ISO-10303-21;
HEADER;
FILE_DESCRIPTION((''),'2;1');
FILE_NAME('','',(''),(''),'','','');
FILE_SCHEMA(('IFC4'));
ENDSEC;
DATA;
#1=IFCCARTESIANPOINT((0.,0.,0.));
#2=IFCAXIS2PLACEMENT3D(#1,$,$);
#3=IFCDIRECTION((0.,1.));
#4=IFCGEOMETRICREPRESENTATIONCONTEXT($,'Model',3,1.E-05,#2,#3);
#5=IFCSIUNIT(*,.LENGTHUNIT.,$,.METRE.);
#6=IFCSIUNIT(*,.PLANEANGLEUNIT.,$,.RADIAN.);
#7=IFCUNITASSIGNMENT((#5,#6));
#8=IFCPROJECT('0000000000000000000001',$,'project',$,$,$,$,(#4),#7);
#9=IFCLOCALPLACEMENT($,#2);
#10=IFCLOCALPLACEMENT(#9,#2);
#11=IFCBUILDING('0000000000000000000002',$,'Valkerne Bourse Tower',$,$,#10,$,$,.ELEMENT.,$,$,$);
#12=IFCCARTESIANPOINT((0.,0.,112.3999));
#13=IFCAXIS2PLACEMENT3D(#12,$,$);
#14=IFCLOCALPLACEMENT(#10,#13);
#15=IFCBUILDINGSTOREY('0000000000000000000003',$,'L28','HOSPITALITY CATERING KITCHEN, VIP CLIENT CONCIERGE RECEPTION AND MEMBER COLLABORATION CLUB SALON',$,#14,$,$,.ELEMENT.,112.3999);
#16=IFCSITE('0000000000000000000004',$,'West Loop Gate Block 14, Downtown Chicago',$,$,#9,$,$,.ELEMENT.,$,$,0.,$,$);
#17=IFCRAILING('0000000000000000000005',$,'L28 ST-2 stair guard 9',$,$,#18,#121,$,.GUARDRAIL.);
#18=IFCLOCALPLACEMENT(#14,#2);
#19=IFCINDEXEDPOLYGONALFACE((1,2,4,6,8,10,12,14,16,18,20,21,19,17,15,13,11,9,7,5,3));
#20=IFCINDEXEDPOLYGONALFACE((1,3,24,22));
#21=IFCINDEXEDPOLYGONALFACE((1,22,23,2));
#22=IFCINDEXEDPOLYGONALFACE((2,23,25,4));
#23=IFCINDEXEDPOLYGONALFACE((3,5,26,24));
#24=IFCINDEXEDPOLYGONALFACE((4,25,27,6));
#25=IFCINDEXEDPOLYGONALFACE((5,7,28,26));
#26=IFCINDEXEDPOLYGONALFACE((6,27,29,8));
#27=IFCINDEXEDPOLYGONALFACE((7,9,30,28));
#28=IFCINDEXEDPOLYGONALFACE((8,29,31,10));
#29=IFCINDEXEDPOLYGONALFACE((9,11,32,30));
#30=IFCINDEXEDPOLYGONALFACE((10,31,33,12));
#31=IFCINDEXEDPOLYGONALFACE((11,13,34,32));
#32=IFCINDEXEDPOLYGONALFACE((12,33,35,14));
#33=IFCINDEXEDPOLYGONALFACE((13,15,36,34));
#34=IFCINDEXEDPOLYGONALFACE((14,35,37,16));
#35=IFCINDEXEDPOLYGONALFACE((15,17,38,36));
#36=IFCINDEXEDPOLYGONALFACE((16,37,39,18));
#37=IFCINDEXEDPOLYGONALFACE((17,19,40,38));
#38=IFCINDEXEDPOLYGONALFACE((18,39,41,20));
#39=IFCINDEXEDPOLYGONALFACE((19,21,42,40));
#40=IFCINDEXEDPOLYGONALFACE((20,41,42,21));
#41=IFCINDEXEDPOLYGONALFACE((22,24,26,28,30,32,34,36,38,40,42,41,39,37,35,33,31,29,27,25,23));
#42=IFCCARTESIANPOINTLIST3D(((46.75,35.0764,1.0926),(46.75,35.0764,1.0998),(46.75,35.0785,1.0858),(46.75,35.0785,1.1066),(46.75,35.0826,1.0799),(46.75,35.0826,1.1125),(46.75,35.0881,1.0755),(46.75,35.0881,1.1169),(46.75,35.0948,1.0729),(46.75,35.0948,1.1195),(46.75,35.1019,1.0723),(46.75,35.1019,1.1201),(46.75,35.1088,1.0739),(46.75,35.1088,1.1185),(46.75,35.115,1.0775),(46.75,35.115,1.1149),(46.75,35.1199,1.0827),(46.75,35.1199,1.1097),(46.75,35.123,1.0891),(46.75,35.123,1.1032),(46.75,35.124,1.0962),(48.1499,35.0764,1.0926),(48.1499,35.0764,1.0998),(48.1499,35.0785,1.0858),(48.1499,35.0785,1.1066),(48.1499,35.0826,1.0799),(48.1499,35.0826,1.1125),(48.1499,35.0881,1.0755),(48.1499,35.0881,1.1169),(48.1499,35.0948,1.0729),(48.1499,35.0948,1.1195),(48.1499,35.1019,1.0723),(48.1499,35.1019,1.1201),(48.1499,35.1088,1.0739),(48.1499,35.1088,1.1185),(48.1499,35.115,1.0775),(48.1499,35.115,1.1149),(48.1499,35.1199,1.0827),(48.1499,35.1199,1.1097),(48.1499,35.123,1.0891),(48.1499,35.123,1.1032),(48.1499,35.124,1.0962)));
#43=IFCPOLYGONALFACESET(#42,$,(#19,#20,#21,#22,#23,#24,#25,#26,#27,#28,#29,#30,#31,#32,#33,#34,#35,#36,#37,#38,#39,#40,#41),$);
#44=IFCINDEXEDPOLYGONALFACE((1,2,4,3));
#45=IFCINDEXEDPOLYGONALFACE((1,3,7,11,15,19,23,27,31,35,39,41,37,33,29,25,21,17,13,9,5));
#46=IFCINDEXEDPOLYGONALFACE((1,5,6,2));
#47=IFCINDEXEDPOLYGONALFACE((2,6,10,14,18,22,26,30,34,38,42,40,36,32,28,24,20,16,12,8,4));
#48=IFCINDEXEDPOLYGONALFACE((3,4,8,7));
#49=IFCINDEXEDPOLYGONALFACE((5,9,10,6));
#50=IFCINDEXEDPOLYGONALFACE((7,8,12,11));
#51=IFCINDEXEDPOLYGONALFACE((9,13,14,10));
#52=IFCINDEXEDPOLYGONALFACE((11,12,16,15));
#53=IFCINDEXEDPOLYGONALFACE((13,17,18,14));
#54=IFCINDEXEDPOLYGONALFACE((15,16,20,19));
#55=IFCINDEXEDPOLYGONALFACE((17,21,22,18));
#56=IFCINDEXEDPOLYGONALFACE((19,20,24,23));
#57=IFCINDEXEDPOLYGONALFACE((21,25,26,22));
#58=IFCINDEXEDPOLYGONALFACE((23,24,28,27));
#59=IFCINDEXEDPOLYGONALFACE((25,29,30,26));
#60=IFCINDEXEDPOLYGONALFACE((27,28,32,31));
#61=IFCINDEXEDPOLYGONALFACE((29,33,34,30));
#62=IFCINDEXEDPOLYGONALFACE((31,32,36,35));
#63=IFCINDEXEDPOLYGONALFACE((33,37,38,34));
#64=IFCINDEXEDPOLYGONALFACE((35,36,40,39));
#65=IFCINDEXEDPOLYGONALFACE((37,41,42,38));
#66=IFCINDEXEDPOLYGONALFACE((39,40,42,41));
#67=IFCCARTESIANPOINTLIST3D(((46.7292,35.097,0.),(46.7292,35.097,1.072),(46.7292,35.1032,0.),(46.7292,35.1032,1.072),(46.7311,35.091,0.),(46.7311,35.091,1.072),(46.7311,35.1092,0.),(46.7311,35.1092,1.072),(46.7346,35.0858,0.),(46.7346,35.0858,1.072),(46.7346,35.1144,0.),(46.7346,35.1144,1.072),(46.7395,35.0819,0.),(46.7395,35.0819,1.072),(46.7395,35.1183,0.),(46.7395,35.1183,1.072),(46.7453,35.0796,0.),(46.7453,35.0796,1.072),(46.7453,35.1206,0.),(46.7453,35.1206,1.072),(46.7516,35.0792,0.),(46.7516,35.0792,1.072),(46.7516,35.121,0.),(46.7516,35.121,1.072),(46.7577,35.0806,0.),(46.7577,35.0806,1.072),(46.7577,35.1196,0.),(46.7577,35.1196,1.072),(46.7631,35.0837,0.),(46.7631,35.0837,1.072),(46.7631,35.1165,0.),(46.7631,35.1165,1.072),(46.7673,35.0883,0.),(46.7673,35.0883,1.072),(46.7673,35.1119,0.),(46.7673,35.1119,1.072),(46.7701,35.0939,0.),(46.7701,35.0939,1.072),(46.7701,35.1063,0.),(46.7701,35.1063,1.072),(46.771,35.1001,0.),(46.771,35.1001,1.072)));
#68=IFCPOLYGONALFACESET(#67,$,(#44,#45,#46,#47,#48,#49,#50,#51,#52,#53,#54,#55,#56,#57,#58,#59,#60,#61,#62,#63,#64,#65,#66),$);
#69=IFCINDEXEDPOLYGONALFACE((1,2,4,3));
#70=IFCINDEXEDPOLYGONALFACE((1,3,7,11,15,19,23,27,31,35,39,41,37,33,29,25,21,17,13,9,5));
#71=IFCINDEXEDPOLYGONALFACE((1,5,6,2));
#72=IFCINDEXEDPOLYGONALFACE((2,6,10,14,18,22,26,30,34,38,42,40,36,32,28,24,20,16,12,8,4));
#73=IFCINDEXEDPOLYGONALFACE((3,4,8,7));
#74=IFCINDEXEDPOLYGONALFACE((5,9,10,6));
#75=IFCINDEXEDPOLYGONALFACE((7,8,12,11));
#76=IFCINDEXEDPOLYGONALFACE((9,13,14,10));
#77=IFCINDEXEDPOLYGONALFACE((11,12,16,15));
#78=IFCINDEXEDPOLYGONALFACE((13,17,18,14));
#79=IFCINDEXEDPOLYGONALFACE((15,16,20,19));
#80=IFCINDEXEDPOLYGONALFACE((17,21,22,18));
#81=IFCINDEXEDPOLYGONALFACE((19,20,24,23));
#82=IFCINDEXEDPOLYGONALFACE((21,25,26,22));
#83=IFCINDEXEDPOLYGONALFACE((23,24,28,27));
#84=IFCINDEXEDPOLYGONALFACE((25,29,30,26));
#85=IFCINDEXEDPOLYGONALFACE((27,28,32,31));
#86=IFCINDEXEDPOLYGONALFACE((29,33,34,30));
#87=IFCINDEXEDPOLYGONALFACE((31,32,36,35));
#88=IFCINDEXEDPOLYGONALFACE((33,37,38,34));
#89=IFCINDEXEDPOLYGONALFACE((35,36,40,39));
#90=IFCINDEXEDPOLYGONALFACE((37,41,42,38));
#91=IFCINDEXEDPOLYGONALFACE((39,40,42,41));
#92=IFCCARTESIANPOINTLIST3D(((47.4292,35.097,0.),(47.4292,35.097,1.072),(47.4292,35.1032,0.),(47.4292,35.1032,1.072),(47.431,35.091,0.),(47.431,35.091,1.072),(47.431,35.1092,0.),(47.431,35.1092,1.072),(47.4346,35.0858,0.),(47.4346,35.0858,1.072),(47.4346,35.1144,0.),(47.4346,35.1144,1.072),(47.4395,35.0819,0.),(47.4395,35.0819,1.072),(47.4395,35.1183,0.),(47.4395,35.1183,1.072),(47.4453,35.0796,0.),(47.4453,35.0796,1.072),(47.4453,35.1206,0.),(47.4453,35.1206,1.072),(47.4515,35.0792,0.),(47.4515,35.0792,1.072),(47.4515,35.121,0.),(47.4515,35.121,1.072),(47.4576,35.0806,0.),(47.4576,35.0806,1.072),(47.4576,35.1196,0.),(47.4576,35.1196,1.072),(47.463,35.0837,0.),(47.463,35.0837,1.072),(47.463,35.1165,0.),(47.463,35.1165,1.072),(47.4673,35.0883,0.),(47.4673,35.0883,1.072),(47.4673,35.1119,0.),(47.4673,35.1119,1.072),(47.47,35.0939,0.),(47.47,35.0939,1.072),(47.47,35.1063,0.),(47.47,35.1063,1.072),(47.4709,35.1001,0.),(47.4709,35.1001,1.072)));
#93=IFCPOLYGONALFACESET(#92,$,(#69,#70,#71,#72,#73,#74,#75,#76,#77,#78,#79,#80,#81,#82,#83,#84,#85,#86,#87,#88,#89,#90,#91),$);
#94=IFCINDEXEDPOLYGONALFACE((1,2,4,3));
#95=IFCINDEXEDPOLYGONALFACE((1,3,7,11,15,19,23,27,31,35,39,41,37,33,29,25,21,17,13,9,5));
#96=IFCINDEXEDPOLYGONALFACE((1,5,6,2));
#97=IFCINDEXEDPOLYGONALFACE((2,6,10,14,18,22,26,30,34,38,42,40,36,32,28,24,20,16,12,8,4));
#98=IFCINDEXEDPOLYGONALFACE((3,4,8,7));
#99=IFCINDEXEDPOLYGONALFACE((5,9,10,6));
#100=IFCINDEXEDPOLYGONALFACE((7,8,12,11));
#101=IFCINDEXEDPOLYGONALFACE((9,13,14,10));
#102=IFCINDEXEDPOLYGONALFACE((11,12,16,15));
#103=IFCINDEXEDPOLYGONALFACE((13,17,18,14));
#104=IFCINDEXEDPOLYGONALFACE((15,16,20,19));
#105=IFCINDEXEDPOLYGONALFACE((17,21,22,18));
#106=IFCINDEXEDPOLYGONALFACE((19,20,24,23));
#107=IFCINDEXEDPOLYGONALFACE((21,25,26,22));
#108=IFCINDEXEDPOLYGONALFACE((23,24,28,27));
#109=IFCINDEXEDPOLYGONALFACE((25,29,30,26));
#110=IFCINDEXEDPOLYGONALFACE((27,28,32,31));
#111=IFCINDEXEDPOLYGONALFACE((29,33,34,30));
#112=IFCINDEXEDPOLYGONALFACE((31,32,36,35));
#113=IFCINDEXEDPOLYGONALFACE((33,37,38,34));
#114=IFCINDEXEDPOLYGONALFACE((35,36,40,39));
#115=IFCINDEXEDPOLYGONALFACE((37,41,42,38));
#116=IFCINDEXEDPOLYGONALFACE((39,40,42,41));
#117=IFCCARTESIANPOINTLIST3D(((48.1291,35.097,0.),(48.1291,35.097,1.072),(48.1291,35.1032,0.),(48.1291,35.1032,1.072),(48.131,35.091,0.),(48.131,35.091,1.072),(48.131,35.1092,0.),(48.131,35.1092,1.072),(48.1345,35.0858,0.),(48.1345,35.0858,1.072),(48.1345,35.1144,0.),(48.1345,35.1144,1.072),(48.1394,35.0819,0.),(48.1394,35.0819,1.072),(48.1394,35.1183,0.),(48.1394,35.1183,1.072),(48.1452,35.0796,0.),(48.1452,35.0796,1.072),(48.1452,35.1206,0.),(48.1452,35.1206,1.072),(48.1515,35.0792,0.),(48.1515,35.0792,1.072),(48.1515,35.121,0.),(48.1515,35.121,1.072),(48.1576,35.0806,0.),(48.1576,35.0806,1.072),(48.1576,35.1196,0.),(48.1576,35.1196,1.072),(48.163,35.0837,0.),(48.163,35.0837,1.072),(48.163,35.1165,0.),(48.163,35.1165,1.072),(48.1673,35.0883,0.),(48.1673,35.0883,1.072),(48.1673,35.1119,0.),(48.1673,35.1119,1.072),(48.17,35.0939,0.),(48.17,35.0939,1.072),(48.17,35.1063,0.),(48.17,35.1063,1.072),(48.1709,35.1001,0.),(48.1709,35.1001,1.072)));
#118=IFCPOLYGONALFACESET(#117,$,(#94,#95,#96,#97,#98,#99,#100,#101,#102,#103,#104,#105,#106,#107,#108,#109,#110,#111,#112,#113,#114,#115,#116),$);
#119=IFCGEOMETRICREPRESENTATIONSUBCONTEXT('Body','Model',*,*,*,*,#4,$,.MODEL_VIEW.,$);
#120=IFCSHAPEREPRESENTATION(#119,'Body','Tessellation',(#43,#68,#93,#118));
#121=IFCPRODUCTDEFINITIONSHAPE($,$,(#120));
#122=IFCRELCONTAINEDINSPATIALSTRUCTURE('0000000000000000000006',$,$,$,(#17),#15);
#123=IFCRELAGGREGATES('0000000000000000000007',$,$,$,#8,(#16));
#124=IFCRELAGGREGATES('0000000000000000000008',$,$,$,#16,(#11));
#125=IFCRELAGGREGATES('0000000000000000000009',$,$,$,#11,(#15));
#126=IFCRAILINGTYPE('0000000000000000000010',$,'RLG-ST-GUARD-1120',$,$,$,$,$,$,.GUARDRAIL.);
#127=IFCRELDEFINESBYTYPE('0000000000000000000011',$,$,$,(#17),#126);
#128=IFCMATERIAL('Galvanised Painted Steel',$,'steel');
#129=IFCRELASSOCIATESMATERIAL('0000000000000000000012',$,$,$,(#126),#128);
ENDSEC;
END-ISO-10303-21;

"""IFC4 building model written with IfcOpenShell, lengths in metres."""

from ifc_helpers import new_model, si_unit, direction, frame, origin, origin_2d, place, context, subcontext, project, spatial, circle, extrude, material, type_object, element, save


model = new_model("IFC4")

# Units and contexts
model_context = context("Model", 3, precision=1e-05, world=origin(), true_north=direction((0.0, 1.0)))
body_context = subcontext(model_context, "Body", "Model", "MODEL_VIEW")
ifc_project = project(units=[si_unit("LENGTHUNIT", "METRE"), si_unit("PLANEANGLEUNIT", "RADIAN")], contexts=[model_context])

# Site, building, storey
site_placement = place(None, origin())
site = spatial("IfcSite", under=ifc_project, at=site_placement, Name="West Loop Gate Block 14, Downtown Chicago", CompositionType="ELEMENT", RefElevation=0.0)
building_placement = place(site_placement, origin())
building = spatial("IfcBuilding", under=site, at=building_placement, Name="Valkerne Bourse Tower", CompositionType="ELEMENT")
storey_placement = place(building_placement, frame((0.0, 0.0, 112.3999)))
storey = spatial("IfcBuildingStorey", under=building, at=storey_placement, Name="L28", Description="HOSPITALITY CATERING KITCHEN, VIP CLIENT CONCIERGE RECEPTION AND MEMBER COLLABORATION CLUB SALON", CompositionType="ELEMENT", Elevation=112.3999)

# Shared definitions
ifc_material_1 = material(Name="Galvanised Painted Steel", Category="steel")

# Railing
railing_type_1 = type_object("IfcRailingType", Name="RLG-ST-GUARD-1120", PredefinedType="GUARDRAIL", material=ifc_material_1)
for number, where, name in (
    (1, (46.75, 35.1001, 0.0), "L28 ST-2 stair guard 9"),
):
    element("IfcRailing", number, at=place(storey_placement, frame(where)), inside=storey, type_object=railing_type_1, Name=name, PredefinedType="GUARDRAIL", context=body_context, shape_type="SweptSolid", body=[
        extrude(circle(Radius=0.0239, at=origin_2d()), frame((0.0, 0.0, 1.0962), z_axis=(1.0, 0.0, 0.0), x_axis=(0.0, 1.0, 0.0)), (0.0, 0.0, 1.0), 1.3999),
        extrude(circle(Radius=0.021, at=origin_2d()), origin(), (0.0, 0.0, 1.0), 1.072),
        extrude(circle(Radius=0.021, at=origin_2d()), frame((0.7, 0.0, 0.0)), (0.0, 0.0, 1.0), 1.072),
        extrude(circle(Radius=0.021, at=origin_2d()), frame((1.3999, 0.0, 0.0)), (0.0, 0.0, 1.0), 1.072),
    ])

save(model, "model.ifc")
